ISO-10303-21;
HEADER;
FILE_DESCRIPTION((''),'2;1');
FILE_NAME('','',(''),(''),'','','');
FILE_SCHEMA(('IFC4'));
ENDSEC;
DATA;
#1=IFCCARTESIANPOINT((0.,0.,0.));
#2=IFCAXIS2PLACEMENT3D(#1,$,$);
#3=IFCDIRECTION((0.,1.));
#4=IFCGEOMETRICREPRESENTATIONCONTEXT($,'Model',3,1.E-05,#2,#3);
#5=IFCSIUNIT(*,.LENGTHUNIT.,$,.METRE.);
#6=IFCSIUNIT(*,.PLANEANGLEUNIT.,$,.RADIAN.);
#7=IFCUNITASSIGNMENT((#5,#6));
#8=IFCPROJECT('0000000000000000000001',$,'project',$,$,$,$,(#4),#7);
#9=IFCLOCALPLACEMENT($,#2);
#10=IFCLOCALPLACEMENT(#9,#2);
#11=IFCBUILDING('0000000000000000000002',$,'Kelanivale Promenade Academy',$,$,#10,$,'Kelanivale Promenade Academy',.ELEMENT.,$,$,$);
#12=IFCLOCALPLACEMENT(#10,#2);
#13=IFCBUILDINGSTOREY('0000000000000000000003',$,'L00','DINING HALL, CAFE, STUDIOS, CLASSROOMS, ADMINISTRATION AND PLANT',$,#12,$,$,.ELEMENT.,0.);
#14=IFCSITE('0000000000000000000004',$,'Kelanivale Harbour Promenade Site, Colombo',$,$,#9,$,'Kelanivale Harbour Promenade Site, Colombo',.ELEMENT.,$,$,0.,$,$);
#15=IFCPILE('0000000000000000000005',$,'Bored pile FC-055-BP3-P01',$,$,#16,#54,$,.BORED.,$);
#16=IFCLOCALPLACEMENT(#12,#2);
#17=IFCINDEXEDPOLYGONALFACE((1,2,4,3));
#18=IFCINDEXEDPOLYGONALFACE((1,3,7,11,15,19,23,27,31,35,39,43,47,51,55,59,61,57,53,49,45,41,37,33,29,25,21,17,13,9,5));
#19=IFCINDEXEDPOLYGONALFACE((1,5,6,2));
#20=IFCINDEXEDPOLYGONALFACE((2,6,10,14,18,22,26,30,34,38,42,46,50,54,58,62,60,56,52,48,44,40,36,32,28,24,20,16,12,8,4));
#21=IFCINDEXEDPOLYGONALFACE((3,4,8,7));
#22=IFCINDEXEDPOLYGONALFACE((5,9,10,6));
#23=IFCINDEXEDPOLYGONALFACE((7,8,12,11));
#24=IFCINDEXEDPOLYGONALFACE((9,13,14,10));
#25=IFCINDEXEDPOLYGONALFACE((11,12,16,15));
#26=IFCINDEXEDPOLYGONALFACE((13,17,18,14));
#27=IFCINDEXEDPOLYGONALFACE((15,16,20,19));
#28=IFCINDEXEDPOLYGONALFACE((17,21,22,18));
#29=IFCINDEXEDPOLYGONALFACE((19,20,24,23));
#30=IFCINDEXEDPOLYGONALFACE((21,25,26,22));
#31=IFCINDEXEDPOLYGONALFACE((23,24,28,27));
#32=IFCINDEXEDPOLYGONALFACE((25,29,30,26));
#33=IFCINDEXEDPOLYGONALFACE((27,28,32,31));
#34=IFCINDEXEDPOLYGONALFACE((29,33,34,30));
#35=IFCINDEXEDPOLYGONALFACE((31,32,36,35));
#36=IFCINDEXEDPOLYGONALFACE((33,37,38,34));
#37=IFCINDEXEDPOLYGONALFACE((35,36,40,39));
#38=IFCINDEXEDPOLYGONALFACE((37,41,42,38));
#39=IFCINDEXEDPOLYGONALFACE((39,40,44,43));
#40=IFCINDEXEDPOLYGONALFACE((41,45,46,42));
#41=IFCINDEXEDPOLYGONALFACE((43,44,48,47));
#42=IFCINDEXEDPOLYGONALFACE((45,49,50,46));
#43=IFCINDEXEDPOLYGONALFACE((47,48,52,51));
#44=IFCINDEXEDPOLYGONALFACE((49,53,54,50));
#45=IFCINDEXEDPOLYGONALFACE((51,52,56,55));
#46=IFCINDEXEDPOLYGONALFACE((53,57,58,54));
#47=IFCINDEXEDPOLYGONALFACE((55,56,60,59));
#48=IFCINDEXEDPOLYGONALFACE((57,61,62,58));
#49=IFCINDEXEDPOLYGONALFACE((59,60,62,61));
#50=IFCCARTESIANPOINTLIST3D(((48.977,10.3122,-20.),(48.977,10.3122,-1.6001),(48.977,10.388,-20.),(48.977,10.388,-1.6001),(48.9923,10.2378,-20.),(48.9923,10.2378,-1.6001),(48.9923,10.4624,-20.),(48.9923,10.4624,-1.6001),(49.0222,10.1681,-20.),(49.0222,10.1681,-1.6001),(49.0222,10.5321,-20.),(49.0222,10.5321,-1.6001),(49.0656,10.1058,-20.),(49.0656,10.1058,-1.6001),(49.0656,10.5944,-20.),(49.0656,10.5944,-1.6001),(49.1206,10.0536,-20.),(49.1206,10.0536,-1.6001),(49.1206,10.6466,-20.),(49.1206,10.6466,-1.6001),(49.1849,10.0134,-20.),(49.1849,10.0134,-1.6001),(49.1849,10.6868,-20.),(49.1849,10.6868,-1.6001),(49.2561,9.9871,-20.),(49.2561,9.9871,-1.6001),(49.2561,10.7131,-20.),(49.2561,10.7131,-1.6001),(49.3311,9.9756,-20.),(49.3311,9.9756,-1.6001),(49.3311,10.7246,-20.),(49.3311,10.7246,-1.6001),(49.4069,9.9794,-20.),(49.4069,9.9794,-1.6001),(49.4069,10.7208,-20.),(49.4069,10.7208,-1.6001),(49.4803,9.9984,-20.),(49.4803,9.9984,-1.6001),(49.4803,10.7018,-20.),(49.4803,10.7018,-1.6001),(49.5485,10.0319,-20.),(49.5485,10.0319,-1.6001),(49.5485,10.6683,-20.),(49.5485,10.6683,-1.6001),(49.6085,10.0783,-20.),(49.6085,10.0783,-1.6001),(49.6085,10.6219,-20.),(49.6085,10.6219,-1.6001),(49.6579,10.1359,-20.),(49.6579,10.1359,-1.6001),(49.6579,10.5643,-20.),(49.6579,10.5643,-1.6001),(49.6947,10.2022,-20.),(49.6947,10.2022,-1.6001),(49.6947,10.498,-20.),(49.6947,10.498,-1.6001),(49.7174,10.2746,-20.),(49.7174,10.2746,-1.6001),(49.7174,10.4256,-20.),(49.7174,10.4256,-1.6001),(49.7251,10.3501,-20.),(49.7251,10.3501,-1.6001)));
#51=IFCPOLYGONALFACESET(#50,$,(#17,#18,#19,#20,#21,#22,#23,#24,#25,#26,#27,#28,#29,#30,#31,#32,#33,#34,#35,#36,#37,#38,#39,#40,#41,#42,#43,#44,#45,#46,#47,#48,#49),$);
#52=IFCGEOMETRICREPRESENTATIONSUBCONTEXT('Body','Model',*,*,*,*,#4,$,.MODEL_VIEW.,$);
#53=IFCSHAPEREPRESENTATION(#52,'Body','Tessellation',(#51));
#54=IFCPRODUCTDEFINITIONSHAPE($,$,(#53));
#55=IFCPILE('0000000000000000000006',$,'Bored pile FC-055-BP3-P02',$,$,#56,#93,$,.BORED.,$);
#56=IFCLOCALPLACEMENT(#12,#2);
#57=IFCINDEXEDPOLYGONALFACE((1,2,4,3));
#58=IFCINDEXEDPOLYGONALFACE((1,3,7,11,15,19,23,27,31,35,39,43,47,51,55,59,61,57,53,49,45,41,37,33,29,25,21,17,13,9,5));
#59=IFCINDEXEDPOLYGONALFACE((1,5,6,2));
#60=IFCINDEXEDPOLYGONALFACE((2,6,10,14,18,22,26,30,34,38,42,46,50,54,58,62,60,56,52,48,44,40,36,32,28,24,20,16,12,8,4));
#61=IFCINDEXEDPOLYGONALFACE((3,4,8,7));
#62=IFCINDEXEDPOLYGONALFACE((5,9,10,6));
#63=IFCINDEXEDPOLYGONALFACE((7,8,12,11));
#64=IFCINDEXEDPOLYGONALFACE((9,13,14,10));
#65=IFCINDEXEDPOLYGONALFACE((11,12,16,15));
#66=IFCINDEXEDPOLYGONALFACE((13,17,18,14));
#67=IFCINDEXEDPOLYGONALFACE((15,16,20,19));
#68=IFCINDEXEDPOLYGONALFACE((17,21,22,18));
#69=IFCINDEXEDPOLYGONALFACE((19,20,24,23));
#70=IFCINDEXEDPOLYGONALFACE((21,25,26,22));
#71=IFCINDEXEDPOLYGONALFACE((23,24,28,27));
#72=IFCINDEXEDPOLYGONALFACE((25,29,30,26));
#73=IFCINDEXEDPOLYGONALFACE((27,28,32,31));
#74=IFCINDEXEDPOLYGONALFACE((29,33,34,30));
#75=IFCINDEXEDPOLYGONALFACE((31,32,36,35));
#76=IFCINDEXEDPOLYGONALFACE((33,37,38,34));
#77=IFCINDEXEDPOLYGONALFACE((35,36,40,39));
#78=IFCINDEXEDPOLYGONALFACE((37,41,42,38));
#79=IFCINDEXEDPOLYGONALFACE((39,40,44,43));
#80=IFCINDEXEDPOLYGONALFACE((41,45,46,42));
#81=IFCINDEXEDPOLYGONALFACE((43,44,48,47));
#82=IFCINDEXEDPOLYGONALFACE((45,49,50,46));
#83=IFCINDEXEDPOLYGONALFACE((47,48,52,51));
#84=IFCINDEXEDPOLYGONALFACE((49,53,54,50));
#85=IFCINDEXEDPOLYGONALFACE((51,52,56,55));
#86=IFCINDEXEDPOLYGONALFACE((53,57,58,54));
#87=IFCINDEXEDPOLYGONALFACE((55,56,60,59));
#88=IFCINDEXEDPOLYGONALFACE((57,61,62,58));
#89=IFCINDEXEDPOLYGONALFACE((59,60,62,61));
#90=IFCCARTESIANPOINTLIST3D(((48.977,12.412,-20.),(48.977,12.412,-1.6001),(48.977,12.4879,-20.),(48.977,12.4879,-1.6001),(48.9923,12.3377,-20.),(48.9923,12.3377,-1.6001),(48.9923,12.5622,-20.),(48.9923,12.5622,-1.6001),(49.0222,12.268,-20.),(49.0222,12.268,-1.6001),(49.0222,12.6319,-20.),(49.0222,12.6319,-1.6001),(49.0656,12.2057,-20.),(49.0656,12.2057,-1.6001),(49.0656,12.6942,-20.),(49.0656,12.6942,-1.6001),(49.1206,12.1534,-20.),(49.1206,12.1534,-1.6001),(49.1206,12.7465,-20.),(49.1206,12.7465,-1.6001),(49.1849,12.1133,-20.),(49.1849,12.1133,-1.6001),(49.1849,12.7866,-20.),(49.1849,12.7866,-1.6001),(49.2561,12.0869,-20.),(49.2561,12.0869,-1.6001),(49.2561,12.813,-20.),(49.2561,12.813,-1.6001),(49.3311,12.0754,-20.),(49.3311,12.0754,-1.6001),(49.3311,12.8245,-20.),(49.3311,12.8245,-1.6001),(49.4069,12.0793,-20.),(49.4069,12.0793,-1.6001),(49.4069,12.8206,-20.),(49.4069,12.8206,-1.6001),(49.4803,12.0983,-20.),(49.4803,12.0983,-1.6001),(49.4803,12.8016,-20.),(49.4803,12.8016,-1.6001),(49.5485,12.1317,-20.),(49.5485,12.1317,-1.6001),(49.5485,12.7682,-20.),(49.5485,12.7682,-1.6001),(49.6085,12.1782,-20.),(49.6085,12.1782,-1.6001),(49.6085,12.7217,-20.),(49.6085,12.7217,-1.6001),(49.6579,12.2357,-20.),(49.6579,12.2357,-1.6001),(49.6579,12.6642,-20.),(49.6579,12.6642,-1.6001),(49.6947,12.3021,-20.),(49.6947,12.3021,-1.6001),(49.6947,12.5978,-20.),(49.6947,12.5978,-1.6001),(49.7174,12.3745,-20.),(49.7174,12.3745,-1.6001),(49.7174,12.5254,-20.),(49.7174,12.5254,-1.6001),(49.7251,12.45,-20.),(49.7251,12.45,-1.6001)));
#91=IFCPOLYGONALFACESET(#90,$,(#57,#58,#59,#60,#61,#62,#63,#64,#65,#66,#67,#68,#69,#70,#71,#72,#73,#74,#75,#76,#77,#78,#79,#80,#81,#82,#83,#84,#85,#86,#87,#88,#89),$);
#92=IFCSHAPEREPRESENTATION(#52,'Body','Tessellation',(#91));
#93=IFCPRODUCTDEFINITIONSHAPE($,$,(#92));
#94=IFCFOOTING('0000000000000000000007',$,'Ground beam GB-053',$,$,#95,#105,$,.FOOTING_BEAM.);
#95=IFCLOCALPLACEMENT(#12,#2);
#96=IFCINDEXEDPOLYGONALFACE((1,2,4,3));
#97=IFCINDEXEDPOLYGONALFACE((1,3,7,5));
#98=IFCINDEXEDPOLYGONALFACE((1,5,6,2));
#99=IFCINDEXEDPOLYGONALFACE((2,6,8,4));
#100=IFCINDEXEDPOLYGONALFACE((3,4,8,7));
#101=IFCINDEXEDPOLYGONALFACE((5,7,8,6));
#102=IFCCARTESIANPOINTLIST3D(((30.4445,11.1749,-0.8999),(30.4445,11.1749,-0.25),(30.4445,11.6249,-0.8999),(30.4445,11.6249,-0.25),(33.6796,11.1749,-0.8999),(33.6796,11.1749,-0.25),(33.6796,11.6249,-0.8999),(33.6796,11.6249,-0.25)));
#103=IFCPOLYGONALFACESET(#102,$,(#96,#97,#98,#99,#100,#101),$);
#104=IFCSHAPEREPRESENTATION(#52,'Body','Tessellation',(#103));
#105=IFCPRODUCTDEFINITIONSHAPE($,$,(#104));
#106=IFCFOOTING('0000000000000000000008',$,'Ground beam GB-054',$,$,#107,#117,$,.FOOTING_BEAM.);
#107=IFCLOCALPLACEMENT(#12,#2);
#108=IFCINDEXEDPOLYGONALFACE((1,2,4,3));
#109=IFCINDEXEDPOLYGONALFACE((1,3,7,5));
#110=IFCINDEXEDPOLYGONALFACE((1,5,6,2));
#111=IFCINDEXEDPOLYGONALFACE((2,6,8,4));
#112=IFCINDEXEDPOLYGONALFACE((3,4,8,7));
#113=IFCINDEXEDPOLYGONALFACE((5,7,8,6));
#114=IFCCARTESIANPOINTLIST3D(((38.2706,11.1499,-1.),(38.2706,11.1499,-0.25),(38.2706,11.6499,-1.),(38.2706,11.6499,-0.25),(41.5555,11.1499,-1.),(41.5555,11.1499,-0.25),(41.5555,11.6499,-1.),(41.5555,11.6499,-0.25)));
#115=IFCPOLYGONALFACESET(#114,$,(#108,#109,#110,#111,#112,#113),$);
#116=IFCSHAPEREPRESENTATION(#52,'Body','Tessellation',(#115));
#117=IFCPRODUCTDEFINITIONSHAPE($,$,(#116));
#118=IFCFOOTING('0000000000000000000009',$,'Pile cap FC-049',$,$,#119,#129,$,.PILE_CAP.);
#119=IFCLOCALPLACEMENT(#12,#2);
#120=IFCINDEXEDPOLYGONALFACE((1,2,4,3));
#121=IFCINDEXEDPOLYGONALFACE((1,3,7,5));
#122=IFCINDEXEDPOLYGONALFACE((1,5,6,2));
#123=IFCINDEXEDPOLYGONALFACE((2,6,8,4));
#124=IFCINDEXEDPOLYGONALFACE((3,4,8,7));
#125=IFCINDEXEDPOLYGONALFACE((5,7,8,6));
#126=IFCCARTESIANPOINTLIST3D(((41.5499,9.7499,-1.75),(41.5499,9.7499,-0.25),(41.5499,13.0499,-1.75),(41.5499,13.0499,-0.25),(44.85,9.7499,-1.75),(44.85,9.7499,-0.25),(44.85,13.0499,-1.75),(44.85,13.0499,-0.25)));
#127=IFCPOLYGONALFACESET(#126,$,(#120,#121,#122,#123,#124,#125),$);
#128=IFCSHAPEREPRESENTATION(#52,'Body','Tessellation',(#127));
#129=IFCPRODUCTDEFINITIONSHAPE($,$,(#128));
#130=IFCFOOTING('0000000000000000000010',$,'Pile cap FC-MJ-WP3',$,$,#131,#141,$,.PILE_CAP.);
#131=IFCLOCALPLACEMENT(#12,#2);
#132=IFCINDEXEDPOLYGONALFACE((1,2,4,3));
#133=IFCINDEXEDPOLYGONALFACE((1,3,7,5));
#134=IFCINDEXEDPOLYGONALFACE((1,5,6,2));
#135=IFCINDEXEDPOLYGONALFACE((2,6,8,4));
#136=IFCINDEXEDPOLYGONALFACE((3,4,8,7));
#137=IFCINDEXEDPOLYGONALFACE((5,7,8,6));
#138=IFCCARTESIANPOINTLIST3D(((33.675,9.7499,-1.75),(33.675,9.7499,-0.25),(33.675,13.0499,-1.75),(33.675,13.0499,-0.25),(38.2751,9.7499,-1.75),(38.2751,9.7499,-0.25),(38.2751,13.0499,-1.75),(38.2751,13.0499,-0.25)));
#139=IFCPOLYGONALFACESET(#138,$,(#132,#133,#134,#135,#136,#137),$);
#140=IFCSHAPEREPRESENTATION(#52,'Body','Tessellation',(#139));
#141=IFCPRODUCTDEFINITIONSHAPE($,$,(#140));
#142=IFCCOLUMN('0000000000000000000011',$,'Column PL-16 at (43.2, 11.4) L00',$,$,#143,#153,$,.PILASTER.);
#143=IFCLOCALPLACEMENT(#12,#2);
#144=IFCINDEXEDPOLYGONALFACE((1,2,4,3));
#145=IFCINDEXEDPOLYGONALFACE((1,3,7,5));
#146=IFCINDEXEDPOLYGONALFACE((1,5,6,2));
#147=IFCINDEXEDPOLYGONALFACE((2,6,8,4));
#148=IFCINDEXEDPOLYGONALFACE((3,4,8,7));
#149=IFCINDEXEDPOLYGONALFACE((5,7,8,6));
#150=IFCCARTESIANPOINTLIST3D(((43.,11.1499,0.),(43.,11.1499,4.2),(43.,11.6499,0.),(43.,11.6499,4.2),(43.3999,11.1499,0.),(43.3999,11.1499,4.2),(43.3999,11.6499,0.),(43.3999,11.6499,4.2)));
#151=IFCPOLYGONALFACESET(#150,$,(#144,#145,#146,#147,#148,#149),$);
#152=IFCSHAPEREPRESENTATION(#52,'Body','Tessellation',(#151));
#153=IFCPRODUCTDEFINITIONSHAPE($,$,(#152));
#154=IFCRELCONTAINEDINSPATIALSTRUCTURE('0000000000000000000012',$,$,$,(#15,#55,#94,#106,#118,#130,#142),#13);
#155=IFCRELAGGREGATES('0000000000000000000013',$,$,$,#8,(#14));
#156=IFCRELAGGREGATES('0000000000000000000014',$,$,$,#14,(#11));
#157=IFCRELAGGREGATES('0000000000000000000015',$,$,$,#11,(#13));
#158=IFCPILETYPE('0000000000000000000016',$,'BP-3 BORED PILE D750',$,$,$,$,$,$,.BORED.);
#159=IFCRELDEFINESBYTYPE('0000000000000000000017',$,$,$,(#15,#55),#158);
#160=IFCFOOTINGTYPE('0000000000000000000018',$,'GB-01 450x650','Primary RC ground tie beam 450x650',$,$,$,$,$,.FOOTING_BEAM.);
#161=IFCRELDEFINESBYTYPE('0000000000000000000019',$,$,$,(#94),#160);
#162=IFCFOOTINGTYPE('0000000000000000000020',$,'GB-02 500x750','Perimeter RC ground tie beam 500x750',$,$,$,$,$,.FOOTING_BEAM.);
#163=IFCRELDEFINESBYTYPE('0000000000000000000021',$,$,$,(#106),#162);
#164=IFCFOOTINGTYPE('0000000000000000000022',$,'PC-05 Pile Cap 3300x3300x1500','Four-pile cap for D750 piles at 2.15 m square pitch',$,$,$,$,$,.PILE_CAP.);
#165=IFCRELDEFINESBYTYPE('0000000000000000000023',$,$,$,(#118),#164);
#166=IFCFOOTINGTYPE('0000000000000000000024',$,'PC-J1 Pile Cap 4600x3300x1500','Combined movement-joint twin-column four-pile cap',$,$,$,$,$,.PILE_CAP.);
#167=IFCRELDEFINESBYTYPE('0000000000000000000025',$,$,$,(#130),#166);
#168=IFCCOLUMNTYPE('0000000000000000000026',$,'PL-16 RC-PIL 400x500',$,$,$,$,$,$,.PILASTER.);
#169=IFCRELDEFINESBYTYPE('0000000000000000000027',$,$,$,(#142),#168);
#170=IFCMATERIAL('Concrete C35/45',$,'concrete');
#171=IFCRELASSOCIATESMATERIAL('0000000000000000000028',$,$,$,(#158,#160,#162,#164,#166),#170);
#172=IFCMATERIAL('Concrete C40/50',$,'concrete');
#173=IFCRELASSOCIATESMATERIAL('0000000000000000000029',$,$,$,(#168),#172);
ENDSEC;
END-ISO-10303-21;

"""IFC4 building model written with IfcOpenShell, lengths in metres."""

from ifc_helpers import new_model, si_unit, direction, frame, origin, origin_2d, place, context, subcontext, project, spatial, rectangle, circle, extrude, material, material_profile, profile_set, type_object, element, save


model = new_model("IFC4")

# Units and contexts
model_context = context("Model", 3, precision=1e-05, world=origin(), true_north=direction((0.0, 1.0)))
body_context = subcontext(model_context, "Body", "Model", "MODEL_VIEW")
ifc_project = project(units=[si_unit("LENGTHUNIT", "METRE"), si_unit("PLANEANGLEUNIT", "RADIAN")], contexts=[model_context])

# Site, building, storey
site_placement = place(None, origin())
site = spatial("IfcSite", under=ifc_project, at=site_placement, Name="Kelanivale Harbour Promenade Site, Colombo", LongName="Kelanivale Harbour Promenade Site, Colombo", CompositionType="ELEMENT", RefElevation=0.0)
building_placement = place(site_placement, origin())
building = spatial("IfcBuilding", under=site, at=building_placement, Name="Kelanivale Promenade Academy", LongName="Kelanivale Promenade Academy", CompositionType="ELEMENT")
storey_placement = place(building_placement, origin())
storey = spatial("IfcBuildingStorey", under=building, at=storey_placement, Name="L00", Description="DINING HALL, CAFE, STUDIOS, CLASSROOMS, ADMINISTRATION AND PLANT", CompositionType="ELEMENT", Elevation=0.0)

# Piles
ifc_material_1 = material(Name="Concrete C35/45", Category="concrete")
ifc_material_profile_1 = material_profile(ifc_material_1, circle(Radius=0.375, at=origin_2d()), Name="BORED PILE D750")
ifc_profile_set_1 = profile_set([ifc_material_profile_1], Name="Concrete C35/45")
pile_type = type_object("IfcPileType", Name="BP-3 BORED PILE D750", PredefinedType="BORED", material=ifc_profile_set_1)
for number, where, z_axis, x_axis, name in (
    (1, (49.3501, 10.3501, -1.6001), (0.0, 0.0, -1.0), (1.0, 0.0, 0.0), "Bored pile FC-055-BP3-P01"),
    (2, (49.3501, 12.45, -1.6001), (0.0, 0.0, -1.0), (1.0, 0.0, 0.0), "Bored pile FC-055-BP3-P02"),
):
    element("IfcPile", number, at=place(storey_placement, frame(where, z_axis=z_axis, x_axis=x_axis)), inside=storey, type_object=pile_type, Name=name, PredefinedType="BORED", context=body_context, shape_type="SweptSolid", body=[
        extrude(circle(Radius=0.375, at=origin_2d()), origin(), (0.0, 0.0, 1.0), 18.3999),
    ])

# Footings
footing_type_1 = type_object("IfcFootingType", Name="GB-01 450x650", Description="Primary RC ground tie beam 450x650", PredefinedType="FOOTING_BEAM", material=ifc_material_1)
footing_1_placement = place(storey_placement, frame((32.062, 11.3999, -0.8999), z_axis=(0.0, 0.0, 1.0), x_axis=(1.0, 0.0, 0.0)))
element("IfcFooting", 3, at=footing_1_placement, inside=storey, type_object=footing_type_1, Name="Ground beam GB-053", PredefinedType="FOOTING_BEAM", context=body_context, shape_type="SweptSolid", body=[
    extrude(rectangle(XDim=3.2351, YDim=0.45, at=origin_2d()), origin(), (0.0, 0.0, 1.0), 0.6499),
])
footing_type_2 = type_object("IfcFootingType", Name="GB-02 500x750", Description="Perimeter RC ground tie beam 500x750", PredefinedType="FOOTING_BEAM", material=ifc_material_1)
footing_2_placement = place(storey_placement, frame((39.9131, 11.3999, -1.0), z_axis=(0.0, 0.0, 1.0), x_axis=(1.0, 0.0, 0.0)))
element("IfcFooting", 4, at=footing_2_placement, inside=storey, type_object=footing_type_2, Name="Ground beam GB-054", PredefinedType="FOOTING_BEAM", context=body_context, shape_type="SweptSolid", body=[
    extrude(rectangle(XDim=3.2849, YDim=0.5, at=origin_2d()), origin(), (0.0, 0.0, 1.0), 0.75),
])
footing_type_3 = type_object("IfcFootingType", Name="PC-05 Pile Cap 3300x3300x1500", Description="Four-pile cap for D750 piles at 2.15 m square pitch", PredefinedType="PILE_CAP", material=ifc_material_1)
footing_3_placement = place(storey_placement, frame((43.2, 11.3999, -1.75), z_axis=(0.0, 0.0, 1.0), x_axis=(1.0, 0.0, 0.0)))
element("IfcFooting", 5, at=footing_3_placement, inside=storey, type_object=footing_type_3, Name="Pile cap FC-049", PredefinedType="PILE_CAP", context=body_context, shape_type="SweptSolid", body=[
    extrude(rectangle(XDim=3.3, YDim=3.3, at=origin_2d()), origin(), (0.0, 0.0, 1.0), 1.5),
])
footing_type_4 = type_object("IfcFootingType", Name="PC-J1 Pile Cap 4600x3300x1500", Description="Combined movement-joint twin-column four-pile cap", PredefinedType="PILE_CAP", material=ifc_material_1)
footing_4_placement = place(storey_placement, frame((35.9751, 11.3999, -1.75), z_axis=(0.0, 0.0, 1.0), x_axis=(1.0, 0.0, 0.0)))
element("IfcFooting", 6, at=footing_4_placement, inside=storey, type_object=footing_type_4, Name="Pile cap FC-MJ-WP3", PredefinedType="PILE_CAP", context=body_context, shape_type="SweptSolid", body=[
    extrude(rectangle(XDim=4.6001, YDim=3.3, at=origin_2d()), origin(), (0.0, 0.0, 1.0), 1.5),
])

# Column
ifc_material_2 = material(Name="Concrete C40/50", Category="concrete")
ifc_material_profile_2 = material_profile(ifc_material_2, rectangle(XDim=0.3999, YDim=0.5, at=origin_2d()), Name="RC-PIL 400x500")
ifc_profile_set_2 = profile_set([ifc_material_profile_2], Name="Concrete C40/50")
column_type_1 = type_object("IfcColumnType", Name="PL-16 RC-PIL 400x500", PredefinedType="PILASTER", material=ifc_profile_set_2)
column_1_placement = place(storey_placement, frame((43.2, 11.3999, 0.0), z_axis=(0.0, 0.0, 1.0), x_axis=(1.0, 0.0, 0.0)))
element("IfcColumn", 7, at=column_1_placement, inside=storey, type_object=column_type_1, Name="Column PL-16 at (43.2, 11.4) L00", PredefinedType="PILASTER", context=body_context, shape_type="SweptSolid", body=[
    extrude(rectangle(XDim=0.3999, YDim=0.5, at=origin_2d()), origin(), (0.0, 0.0, 1.0), 4.2),
])

save(model, "model.ifc")
